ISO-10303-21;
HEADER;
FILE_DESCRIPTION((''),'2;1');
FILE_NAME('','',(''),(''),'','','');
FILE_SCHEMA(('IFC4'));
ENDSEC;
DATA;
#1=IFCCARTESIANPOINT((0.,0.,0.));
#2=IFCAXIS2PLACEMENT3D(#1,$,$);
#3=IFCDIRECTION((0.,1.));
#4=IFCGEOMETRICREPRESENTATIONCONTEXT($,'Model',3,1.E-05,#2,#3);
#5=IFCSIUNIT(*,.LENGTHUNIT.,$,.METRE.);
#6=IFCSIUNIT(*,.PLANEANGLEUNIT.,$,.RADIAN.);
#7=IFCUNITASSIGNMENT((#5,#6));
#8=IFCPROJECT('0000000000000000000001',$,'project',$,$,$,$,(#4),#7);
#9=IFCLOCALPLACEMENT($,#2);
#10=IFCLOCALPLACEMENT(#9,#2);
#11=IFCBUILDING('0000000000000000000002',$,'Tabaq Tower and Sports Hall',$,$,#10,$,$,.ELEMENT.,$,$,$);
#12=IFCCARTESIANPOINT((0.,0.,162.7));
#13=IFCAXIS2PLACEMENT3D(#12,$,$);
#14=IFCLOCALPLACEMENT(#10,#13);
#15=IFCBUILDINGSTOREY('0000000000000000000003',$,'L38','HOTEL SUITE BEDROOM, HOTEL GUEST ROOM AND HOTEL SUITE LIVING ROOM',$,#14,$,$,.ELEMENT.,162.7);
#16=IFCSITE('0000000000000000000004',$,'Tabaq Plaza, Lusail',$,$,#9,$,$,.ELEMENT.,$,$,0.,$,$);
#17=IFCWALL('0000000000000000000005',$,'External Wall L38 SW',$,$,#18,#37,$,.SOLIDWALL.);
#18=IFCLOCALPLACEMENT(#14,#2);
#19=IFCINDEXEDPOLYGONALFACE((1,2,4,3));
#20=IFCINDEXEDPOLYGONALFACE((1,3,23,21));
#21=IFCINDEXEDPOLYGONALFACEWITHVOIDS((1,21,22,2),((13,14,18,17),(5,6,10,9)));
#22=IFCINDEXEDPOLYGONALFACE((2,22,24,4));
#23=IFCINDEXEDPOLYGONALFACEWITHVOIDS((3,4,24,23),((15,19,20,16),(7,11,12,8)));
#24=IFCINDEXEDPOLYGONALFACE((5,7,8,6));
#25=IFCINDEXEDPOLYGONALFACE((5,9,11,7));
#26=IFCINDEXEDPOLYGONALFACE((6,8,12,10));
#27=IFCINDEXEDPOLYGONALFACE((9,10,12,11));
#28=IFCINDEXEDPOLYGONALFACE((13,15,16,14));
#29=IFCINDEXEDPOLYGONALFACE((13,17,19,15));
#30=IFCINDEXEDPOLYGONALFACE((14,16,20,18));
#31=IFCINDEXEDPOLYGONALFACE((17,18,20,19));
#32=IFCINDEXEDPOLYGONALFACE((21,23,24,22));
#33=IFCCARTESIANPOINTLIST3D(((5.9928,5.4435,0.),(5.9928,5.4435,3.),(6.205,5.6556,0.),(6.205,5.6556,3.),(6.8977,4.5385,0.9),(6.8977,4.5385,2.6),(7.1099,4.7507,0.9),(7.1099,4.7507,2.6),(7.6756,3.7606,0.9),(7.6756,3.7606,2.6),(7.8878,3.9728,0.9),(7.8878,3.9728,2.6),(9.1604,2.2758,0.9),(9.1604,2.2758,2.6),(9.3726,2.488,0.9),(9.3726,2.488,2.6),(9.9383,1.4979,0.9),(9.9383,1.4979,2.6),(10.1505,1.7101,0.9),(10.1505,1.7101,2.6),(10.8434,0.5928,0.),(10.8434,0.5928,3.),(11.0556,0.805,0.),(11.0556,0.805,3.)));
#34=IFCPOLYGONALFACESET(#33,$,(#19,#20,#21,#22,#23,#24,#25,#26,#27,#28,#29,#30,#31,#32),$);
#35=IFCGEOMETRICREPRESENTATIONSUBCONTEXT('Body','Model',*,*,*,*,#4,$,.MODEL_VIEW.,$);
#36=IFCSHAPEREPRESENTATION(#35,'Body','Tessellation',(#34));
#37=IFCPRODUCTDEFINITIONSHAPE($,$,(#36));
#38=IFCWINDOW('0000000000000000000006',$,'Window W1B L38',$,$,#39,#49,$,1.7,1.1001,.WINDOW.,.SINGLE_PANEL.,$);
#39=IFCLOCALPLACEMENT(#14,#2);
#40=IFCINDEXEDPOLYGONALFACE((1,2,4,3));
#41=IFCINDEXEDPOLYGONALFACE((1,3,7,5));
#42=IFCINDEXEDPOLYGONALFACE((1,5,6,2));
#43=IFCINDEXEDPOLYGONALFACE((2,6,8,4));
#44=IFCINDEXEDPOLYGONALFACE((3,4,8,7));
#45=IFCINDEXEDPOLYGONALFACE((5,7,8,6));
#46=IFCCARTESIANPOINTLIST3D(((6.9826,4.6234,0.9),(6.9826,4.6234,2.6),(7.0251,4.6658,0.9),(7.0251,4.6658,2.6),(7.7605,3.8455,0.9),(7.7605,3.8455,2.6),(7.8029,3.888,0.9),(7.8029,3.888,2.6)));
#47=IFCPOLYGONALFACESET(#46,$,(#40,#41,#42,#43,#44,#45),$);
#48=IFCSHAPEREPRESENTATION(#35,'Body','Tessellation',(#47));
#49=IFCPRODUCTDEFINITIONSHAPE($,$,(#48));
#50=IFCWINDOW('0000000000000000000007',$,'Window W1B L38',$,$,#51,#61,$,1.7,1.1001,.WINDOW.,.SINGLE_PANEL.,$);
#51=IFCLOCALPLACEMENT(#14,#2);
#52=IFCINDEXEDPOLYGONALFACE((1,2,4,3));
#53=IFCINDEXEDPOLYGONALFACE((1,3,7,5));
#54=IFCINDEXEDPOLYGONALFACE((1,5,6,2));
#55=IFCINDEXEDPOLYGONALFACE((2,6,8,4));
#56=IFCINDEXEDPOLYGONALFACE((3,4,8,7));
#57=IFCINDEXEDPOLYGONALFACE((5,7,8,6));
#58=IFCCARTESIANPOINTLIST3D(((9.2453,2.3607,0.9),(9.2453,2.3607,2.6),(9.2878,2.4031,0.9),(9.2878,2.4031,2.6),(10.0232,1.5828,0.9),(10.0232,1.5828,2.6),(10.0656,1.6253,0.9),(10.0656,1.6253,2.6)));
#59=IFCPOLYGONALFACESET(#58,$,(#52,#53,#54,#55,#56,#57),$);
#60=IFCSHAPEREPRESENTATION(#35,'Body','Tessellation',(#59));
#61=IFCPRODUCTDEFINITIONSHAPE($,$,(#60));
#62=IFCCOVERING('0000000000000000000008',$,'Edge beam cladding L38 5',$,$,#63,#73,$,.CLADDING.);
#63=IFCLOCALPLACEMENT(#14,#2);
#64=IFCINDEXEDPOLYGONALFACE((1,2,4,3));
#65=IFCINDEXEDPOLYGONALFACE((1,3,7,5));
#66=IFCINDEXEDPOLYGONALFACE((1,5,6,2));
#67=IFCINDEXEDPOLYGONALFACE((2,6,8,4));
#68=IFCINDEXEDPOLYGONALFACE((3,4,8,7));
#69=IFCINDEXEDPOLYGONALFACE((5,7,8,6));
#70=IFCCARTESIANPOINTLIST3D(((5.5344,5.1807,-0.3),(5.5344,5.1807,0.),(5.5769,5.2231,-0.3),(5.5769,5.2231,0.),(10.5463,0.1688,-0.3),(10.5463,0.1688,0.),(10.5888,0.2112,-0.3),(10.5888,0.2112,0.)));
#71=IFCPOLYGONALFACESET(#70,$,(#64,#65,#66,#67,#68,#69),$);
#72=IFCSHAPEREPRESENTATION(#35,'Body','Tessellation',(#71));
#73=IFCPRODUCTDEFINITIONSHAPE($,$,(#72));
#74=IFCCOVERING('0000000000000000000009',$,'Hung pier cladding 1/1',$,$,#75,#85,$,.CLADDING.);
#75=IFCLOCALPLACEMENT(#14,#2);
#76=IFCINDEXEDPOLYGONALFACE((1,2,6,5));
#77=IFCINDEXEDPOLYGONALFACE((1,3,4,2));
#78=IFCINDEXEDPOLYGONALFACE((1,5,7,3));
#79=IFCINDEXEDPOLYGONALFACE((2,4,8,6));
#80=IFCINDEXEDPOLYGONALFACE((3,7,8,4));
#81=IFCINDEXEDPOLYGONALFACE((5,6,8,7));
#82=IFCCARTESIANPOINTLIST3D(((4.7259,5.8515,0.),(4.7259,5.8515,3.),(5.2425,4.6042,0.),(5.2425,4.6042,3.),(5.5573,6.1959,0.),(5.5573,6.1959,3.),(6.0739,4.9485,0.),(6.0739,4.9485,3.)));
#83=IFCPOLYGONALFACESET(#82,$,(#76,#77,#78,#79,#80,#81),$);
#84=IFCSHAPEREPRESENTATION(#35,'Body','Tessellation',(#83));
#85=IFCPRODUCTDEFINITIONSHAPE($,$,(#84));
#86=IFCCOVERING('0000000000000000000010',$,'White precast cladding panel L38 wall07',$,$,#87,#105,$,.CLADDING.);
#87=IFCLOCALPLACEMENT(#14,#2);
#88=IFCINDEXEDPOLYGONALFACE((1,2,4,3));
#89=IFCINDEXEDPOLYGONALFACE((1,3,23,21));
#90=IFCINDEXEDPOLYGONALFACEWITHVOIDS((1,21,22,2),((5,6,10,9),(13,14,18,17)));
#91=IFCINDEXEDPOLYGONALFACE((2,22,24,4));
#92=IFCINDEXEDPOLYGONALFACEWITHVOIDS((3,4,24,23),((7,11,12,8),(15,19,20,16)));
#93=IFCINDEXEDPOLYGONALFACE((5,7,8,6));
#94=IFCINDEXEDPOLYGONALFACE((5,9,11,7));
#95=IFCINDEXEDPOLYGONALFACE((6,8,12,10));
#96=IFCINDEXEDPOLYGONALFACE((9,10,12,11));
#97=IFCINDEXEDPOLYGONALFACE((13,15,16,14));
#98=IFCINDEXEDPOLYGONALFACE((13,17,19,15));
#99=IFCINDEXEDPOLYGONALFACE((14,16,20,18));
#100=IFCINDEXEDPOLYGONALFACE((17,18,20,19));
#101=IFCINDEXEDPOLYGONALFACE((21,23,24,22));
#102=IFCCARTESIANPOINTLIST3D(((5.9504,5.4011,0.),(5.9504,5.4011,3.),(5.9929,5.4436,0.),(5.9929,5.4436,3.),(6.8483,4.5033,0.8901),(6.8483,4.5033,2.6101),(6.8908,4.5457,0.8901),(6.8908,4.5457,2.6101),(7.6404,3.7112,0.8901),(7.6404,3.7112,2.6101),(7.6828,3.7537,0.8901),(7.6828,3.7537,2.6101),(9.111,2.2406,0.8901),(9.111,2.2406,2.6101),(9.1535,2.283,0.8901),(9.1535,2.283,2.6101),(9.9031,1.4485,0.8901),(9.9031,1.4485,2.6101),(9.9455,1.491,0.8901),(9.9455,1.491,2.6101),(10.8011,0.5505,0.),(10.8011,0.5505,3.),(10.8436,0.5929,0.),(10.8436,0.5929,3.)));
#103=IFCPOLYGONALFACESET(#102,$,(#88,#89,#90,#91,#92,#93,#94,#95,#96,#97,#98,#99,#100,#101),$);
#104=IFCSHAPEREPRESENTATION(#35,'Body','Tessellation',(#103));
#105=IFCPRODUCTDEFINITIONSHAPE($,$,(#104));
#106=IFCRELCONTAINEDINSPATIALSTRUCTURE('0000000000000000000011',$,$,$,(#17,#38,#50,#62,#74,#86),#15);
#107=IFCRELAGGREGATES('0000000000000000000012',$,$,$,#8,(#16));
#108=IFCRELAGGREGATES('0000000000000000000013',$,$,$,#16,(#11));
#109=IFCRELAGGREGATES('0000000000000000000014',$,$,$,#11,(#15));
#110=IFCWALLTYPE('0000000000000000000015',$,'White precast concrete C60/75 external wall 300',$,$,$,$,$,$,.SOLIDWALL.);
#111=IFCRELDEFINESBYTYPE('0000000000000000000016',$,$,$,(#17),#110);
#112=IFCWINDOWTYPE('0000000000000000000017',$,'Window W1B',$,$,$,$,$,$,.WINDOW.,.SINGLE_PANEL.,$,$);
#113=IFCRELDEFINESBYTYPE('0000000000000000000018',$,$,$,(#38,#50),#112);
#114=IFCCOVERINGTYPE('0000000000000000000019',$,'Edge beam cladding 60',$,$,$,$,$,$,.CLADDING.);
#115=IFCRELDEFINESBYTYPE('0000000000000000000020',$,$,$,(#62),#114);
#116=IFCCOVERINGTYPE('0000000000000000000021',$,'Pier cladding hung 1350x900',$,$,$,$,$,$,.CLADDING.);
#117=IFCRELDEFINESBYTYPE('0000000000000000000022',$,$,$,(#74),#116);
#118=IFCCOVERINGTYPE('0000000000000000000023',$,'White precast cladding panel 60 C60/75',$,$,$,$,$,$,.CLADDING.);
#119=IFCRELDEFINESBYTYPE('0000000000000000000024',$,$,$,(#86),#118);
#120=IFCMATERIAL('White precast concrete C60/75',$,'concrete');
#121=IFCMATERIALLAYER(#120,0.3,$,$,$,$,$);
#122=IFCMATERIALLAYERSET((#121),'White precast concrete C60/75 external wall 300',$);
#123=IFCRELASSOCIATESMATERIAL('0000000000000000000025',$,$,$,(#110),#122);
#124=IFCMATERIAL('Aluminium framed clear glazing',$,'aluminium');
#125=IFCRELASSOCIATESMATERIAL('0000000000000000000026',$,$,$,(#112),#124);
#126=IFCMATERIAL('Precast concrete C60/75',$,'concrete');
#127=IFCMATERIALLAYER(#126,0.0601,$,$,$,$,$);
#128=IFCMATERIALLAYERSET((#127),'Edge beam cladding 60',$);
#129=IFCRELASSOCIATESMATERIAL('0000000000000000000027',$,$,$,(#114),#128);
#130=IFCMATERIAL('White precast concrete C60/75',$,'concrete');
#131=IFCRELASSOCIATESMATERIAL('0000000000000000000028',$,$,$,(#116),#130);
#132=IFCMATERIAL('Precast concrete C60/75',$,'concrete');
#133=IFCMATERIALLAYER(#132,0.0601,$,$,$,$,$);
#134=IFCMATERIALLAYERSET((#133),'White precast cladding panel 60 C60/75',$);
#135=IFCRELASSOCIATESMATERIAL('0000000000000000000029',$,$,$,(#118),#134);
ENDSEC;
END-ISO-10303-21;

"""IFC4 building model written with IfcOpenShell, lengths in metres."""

from ifc_helpers import new_model, si_unit, direction, frame, frame_2d, origin, place, context, subcontext, project, spatial, polyline, rectangle, outline, extrude, material, layer, layer_set, type_object, element, fill, save


model = new_model("IFC4")

# Units and contexts
model_context = context("Model", 3, precision=1e-05, world=origin(), true_north=direction((0.0, 1.0)))
body_context = subcontext(model_context, "Body", "Model", "MODEL_VIEW")
ifc_project = project(units=[si_unit("LENGTHUNIT", "METRE"), si_unit("PLANEANGLEUNIT", "RADIAN")], contexts=[model_context])

# Site, building, storey
site_placement = place(None, origin())
site = spatial("IfcSite", under=ifc_project, at=site_placement, Name="Tabaq Plaza, Lusail", CompositionType="ELEMENT", RefElevation=0.0)
building_placement = place(site_placement, origin())
building = spatial("IfcBuilding", under=site, at=building_placement, Name="Tabaq Tower and Sports Hall", CompositionType="ELEMENT")
storey_placement = place(building_placement, frame((0.0, 0.0, 162.7)))
storey = spatial("IfcBuildingStorey", under=building, at=storey_placement, Name="L38", Description="HOTEL SUITE BEDROOM, HOTEL GUEST ROOM AND HOTEL SUITE LIVING ROOM", CompositionType="ELEMENT", Elevation=162.7)

# Wall, openings, windows
ifc_material_1 = material(Name="White precast concrete C60/75", Category="concrete")
ifc_layer_1 = layer(ifc_material_1, 0.3)
ifc_layer_set_1 = layer_set([ifc_layer_1], Name="White precast concrete C60/75 external wall 300")
wall_type_1 = type_object("IfcWallType", Name="White precast concrete C60/75 external wall 300", PredefinedType="SOLIDWALL", material=ifc_layer_set_1)
ifc_material_2 = material(Name="Aluminium framed clear glazing", Category="aluminium")
window_type_1 = type_object("IfcWindowType", Name="Window W1B", PartitioningType="SINGLE_PANEL", PredefinedType="WINDOW", material=ifc_material_2)
wall_1_placement = place(storey_placement, frame((6.0989, 5.5496, 0.0), z_axis=(0.0, 0.0, 1.0), x_axis=(0.707107, -0.707107, 0.0)))
wall_1 = element("IfcWall", 1, at=wall_1_placement, inside=storey, type_object=wall_type_1, Name="External Wall L38 SW", PredefinedType="SOLIDWALL", context=body_context, shape_type="SweptSolid", body=[
    extrude(rectangle(XDim=6.8599, YDim=0.3, at=frame_2d((3.4299, 0.0))), origin(), (0.0, 0.0, 1.0), 3.0),
])
opening_1_placement = place(wall_1_placement, frame((1.2798, 0.0, 0.8999)))
opening_1 = element("IfcOpeningElement", 2, at=opening_1_placement, cuts=wall_1, PredefinedType="OPENING", context=body_context, shape_type="SweptSolid", body=[
    extrude(rectangle(XDim=1.1001, YDim=1.7, at=frame_2d((0.55, 0.8501))), frame((0.0, 0.1602, 0.0), z_axis=(0.0, -1.0, 0.0), x_axis=(1.0, 0.0, 0.0)), (0.0, 0.0, 1.0), 0.3201),
])
opening_2_placement = place(wall_1_placement, frame((4.4797, 0.0, 0.8999)))
opening_2 = element("IfcOpeningElement", 3, at=opening_2_placement, cuts=wall_1, PredefinedType="OPENING", context=body_context, shape_type="SweptSolid", body=[
    extrude(rectangle(XDim=1.1001, YDim=1.7, at=frame_2d((0.55, 0.8501))), frame((0.0, 0.1602, 0.0), z_axis=(0.0, -1.0, 0.0), x_axis=(1.0, 0.0, 0.0)), (0.0, 0.0, 1.0), 0.3201),
])
window_1_placement = place(opening_1_placement, origin())
window_1 = element("IfcWindow", 4, at=window_1_placement, inside=storey, type_object=window_type_1, Name="Window W1B L38", OverallHeight=1.7, OverallWidth=1.1001, PartitioningType="SINGLE_PANEL", PredefinedType="WINDOW", context=body_context, shape_type="SweptSolid", body=[
    extrude(rectangle(XDim=1.1001, YDim=1.7, at=frame_2d((0.55, 0.8501))), frame((0.0, 0.03, 0.0), z_axis=(0.0, -1.0, 0.0), x_axis=(1.0, 0.0, 0.0)), (0.0, 0.0, 1.0), 0.0601),
])
fill(opening_1, window_1)
window_2_placement = place(opening_2_placement, origin())
window_2 = element("IfcWindow", 5, at=window_2_placement, inside=storey, type_object=window_type_1, Name="Window W1B L38", OverallHeight=1.7, OverallWidth=1.1001, PartitioningType="SINGLE_PANEL", PredefinedType="WINDOW", context=body_context, shape_type="SweptSolid", body=[
    extrude(rectangle(XDim=1.1001, YDim=1.7, at=frame_2d((0.55, 0.8501))), frame((0.0, 0.03, 0.0), z_axis=(0.0, -1.0, 0.0), x_axis=(1.0, 0.0, 0.0)), (0.0, 0.0, 1.0), 0.0601),
])
fill(opening_2, window_2)

# Coverings
ifc_material_3 = material(Name="Precast concrete C60/75", Category="concrete")
ifc_layer_2 = layer(ifc_material_3, 0.0601)
ifc_layer_set_2 = layer_set([ifc_layer_2], Name="Edge beam cladding 60")
covering_type_1 = type_object("IfcCoveringType", Name="Edge beam cladding 60", PredefinedType="CLADDING", material=ifc_layer_set_2)
covering_1_placement = place(storey_placement, frame((5.5557, 5.2019, -0.3), z_axis=(0.0, 0.0, 1.0), x_axis=(0.707107, -0.707107, 0.0)))
element("IfcCovering", 6, at=covering_1_placement, inside=storey, type_object=covering_type_1, Name="Edge beam cladding L38 5", PredefinedType="CLADDING", context=body_context, shape_type="SweptSolid", body=[
    extrude(rectangle(XDim=7.0879, YDim=0.0601, at=frame_2d((3.5439, 0.0))), origin(), (0.0, 0.0, 1.0), 0.3),
])
ifc_material_4 = material(Name="White precast concrete C60/75", Category="concrete")
covering_type_2 = type_object("IfcCoveringType", Name="Pier cladding hung 1350x900", PredefinedType="CLADDING", material=ifc_material_4)
covering_2_placement = place(storey_placement, frame((5.1416, 6.0237, 0.0), z_axis=(0.0, 0.0, 1.0), x_axis=(0.38265, -0.923893, 0.0)))
element("IfcCovering", 7, at=covering_2_placement, inside=storey, type_object=covering_type_2, Name="Hung pier cladding 1/1", PredefinedType="CLADDING", context=body_context, shape_type="SweptSolid", body=[
    extrude(rectangle(XDim=1.3501, YDim=0.8999, at=frame_2d((0.675, 0.0))), origin(), (0.0, 0.0, 1.0), 3.0),
])
ifc_material_5 = material(Name="Precast concrete C60/75", Category="concrete")
ifc_layer_3 = layer(ifc_material_5, 0.0601)
ifc_layer_set_3 = layer_set([ifc_layer_3], Name="White precast cladding panel 60 C60/75")
covering_type_3 = type_object("IfcCoveringType", Name="White precast cladding panel 60 C60/75", PredefinedType="CLADDING", material=ifc_layer_set_3)
covering_3_placement = place(storey_placement, frame((5.9717, 5.4224, 0.0), z_axis=(0.0, 0.0, 1.0), x_axis=(0.707107, -0.707107, 0.0)))
element("IfcCovering", 8, at=covering_3_placement, inside=storey, type_object=covering_type_3, Name="White precast cladding panel L38 wall07", PredefinedType="CLADDING", context=body_context, shape_type="SweptSolid", body=[
    extrude(outline(polyline([(0.0, 0.0), (6.8599, 0.0), (6.8599, 3.0), (0.0, 3.0), (0.0, 0.0)]), holes=[polyline([(1.2698, 2.6101), (2.3899, 2.6101), (2.3899, 0.8901), (1.2698, 0.8901), (1.2698, 2.6101)]), polyline([(4.4697, 2.6101), (5.5898, 2.6101), (5.5898, 0.8901), (4.4697, 0.8901), (4.4697, 2.6101)])]), frame((0.0, 0.03, 0.0), z_axis=(0.0, -1.0, 0.0), x_axis=(1.0, 0.0, 0.0)), (0.0, 0.0, 1.0), 0.0601),
])

save(model, "model.ifc")
